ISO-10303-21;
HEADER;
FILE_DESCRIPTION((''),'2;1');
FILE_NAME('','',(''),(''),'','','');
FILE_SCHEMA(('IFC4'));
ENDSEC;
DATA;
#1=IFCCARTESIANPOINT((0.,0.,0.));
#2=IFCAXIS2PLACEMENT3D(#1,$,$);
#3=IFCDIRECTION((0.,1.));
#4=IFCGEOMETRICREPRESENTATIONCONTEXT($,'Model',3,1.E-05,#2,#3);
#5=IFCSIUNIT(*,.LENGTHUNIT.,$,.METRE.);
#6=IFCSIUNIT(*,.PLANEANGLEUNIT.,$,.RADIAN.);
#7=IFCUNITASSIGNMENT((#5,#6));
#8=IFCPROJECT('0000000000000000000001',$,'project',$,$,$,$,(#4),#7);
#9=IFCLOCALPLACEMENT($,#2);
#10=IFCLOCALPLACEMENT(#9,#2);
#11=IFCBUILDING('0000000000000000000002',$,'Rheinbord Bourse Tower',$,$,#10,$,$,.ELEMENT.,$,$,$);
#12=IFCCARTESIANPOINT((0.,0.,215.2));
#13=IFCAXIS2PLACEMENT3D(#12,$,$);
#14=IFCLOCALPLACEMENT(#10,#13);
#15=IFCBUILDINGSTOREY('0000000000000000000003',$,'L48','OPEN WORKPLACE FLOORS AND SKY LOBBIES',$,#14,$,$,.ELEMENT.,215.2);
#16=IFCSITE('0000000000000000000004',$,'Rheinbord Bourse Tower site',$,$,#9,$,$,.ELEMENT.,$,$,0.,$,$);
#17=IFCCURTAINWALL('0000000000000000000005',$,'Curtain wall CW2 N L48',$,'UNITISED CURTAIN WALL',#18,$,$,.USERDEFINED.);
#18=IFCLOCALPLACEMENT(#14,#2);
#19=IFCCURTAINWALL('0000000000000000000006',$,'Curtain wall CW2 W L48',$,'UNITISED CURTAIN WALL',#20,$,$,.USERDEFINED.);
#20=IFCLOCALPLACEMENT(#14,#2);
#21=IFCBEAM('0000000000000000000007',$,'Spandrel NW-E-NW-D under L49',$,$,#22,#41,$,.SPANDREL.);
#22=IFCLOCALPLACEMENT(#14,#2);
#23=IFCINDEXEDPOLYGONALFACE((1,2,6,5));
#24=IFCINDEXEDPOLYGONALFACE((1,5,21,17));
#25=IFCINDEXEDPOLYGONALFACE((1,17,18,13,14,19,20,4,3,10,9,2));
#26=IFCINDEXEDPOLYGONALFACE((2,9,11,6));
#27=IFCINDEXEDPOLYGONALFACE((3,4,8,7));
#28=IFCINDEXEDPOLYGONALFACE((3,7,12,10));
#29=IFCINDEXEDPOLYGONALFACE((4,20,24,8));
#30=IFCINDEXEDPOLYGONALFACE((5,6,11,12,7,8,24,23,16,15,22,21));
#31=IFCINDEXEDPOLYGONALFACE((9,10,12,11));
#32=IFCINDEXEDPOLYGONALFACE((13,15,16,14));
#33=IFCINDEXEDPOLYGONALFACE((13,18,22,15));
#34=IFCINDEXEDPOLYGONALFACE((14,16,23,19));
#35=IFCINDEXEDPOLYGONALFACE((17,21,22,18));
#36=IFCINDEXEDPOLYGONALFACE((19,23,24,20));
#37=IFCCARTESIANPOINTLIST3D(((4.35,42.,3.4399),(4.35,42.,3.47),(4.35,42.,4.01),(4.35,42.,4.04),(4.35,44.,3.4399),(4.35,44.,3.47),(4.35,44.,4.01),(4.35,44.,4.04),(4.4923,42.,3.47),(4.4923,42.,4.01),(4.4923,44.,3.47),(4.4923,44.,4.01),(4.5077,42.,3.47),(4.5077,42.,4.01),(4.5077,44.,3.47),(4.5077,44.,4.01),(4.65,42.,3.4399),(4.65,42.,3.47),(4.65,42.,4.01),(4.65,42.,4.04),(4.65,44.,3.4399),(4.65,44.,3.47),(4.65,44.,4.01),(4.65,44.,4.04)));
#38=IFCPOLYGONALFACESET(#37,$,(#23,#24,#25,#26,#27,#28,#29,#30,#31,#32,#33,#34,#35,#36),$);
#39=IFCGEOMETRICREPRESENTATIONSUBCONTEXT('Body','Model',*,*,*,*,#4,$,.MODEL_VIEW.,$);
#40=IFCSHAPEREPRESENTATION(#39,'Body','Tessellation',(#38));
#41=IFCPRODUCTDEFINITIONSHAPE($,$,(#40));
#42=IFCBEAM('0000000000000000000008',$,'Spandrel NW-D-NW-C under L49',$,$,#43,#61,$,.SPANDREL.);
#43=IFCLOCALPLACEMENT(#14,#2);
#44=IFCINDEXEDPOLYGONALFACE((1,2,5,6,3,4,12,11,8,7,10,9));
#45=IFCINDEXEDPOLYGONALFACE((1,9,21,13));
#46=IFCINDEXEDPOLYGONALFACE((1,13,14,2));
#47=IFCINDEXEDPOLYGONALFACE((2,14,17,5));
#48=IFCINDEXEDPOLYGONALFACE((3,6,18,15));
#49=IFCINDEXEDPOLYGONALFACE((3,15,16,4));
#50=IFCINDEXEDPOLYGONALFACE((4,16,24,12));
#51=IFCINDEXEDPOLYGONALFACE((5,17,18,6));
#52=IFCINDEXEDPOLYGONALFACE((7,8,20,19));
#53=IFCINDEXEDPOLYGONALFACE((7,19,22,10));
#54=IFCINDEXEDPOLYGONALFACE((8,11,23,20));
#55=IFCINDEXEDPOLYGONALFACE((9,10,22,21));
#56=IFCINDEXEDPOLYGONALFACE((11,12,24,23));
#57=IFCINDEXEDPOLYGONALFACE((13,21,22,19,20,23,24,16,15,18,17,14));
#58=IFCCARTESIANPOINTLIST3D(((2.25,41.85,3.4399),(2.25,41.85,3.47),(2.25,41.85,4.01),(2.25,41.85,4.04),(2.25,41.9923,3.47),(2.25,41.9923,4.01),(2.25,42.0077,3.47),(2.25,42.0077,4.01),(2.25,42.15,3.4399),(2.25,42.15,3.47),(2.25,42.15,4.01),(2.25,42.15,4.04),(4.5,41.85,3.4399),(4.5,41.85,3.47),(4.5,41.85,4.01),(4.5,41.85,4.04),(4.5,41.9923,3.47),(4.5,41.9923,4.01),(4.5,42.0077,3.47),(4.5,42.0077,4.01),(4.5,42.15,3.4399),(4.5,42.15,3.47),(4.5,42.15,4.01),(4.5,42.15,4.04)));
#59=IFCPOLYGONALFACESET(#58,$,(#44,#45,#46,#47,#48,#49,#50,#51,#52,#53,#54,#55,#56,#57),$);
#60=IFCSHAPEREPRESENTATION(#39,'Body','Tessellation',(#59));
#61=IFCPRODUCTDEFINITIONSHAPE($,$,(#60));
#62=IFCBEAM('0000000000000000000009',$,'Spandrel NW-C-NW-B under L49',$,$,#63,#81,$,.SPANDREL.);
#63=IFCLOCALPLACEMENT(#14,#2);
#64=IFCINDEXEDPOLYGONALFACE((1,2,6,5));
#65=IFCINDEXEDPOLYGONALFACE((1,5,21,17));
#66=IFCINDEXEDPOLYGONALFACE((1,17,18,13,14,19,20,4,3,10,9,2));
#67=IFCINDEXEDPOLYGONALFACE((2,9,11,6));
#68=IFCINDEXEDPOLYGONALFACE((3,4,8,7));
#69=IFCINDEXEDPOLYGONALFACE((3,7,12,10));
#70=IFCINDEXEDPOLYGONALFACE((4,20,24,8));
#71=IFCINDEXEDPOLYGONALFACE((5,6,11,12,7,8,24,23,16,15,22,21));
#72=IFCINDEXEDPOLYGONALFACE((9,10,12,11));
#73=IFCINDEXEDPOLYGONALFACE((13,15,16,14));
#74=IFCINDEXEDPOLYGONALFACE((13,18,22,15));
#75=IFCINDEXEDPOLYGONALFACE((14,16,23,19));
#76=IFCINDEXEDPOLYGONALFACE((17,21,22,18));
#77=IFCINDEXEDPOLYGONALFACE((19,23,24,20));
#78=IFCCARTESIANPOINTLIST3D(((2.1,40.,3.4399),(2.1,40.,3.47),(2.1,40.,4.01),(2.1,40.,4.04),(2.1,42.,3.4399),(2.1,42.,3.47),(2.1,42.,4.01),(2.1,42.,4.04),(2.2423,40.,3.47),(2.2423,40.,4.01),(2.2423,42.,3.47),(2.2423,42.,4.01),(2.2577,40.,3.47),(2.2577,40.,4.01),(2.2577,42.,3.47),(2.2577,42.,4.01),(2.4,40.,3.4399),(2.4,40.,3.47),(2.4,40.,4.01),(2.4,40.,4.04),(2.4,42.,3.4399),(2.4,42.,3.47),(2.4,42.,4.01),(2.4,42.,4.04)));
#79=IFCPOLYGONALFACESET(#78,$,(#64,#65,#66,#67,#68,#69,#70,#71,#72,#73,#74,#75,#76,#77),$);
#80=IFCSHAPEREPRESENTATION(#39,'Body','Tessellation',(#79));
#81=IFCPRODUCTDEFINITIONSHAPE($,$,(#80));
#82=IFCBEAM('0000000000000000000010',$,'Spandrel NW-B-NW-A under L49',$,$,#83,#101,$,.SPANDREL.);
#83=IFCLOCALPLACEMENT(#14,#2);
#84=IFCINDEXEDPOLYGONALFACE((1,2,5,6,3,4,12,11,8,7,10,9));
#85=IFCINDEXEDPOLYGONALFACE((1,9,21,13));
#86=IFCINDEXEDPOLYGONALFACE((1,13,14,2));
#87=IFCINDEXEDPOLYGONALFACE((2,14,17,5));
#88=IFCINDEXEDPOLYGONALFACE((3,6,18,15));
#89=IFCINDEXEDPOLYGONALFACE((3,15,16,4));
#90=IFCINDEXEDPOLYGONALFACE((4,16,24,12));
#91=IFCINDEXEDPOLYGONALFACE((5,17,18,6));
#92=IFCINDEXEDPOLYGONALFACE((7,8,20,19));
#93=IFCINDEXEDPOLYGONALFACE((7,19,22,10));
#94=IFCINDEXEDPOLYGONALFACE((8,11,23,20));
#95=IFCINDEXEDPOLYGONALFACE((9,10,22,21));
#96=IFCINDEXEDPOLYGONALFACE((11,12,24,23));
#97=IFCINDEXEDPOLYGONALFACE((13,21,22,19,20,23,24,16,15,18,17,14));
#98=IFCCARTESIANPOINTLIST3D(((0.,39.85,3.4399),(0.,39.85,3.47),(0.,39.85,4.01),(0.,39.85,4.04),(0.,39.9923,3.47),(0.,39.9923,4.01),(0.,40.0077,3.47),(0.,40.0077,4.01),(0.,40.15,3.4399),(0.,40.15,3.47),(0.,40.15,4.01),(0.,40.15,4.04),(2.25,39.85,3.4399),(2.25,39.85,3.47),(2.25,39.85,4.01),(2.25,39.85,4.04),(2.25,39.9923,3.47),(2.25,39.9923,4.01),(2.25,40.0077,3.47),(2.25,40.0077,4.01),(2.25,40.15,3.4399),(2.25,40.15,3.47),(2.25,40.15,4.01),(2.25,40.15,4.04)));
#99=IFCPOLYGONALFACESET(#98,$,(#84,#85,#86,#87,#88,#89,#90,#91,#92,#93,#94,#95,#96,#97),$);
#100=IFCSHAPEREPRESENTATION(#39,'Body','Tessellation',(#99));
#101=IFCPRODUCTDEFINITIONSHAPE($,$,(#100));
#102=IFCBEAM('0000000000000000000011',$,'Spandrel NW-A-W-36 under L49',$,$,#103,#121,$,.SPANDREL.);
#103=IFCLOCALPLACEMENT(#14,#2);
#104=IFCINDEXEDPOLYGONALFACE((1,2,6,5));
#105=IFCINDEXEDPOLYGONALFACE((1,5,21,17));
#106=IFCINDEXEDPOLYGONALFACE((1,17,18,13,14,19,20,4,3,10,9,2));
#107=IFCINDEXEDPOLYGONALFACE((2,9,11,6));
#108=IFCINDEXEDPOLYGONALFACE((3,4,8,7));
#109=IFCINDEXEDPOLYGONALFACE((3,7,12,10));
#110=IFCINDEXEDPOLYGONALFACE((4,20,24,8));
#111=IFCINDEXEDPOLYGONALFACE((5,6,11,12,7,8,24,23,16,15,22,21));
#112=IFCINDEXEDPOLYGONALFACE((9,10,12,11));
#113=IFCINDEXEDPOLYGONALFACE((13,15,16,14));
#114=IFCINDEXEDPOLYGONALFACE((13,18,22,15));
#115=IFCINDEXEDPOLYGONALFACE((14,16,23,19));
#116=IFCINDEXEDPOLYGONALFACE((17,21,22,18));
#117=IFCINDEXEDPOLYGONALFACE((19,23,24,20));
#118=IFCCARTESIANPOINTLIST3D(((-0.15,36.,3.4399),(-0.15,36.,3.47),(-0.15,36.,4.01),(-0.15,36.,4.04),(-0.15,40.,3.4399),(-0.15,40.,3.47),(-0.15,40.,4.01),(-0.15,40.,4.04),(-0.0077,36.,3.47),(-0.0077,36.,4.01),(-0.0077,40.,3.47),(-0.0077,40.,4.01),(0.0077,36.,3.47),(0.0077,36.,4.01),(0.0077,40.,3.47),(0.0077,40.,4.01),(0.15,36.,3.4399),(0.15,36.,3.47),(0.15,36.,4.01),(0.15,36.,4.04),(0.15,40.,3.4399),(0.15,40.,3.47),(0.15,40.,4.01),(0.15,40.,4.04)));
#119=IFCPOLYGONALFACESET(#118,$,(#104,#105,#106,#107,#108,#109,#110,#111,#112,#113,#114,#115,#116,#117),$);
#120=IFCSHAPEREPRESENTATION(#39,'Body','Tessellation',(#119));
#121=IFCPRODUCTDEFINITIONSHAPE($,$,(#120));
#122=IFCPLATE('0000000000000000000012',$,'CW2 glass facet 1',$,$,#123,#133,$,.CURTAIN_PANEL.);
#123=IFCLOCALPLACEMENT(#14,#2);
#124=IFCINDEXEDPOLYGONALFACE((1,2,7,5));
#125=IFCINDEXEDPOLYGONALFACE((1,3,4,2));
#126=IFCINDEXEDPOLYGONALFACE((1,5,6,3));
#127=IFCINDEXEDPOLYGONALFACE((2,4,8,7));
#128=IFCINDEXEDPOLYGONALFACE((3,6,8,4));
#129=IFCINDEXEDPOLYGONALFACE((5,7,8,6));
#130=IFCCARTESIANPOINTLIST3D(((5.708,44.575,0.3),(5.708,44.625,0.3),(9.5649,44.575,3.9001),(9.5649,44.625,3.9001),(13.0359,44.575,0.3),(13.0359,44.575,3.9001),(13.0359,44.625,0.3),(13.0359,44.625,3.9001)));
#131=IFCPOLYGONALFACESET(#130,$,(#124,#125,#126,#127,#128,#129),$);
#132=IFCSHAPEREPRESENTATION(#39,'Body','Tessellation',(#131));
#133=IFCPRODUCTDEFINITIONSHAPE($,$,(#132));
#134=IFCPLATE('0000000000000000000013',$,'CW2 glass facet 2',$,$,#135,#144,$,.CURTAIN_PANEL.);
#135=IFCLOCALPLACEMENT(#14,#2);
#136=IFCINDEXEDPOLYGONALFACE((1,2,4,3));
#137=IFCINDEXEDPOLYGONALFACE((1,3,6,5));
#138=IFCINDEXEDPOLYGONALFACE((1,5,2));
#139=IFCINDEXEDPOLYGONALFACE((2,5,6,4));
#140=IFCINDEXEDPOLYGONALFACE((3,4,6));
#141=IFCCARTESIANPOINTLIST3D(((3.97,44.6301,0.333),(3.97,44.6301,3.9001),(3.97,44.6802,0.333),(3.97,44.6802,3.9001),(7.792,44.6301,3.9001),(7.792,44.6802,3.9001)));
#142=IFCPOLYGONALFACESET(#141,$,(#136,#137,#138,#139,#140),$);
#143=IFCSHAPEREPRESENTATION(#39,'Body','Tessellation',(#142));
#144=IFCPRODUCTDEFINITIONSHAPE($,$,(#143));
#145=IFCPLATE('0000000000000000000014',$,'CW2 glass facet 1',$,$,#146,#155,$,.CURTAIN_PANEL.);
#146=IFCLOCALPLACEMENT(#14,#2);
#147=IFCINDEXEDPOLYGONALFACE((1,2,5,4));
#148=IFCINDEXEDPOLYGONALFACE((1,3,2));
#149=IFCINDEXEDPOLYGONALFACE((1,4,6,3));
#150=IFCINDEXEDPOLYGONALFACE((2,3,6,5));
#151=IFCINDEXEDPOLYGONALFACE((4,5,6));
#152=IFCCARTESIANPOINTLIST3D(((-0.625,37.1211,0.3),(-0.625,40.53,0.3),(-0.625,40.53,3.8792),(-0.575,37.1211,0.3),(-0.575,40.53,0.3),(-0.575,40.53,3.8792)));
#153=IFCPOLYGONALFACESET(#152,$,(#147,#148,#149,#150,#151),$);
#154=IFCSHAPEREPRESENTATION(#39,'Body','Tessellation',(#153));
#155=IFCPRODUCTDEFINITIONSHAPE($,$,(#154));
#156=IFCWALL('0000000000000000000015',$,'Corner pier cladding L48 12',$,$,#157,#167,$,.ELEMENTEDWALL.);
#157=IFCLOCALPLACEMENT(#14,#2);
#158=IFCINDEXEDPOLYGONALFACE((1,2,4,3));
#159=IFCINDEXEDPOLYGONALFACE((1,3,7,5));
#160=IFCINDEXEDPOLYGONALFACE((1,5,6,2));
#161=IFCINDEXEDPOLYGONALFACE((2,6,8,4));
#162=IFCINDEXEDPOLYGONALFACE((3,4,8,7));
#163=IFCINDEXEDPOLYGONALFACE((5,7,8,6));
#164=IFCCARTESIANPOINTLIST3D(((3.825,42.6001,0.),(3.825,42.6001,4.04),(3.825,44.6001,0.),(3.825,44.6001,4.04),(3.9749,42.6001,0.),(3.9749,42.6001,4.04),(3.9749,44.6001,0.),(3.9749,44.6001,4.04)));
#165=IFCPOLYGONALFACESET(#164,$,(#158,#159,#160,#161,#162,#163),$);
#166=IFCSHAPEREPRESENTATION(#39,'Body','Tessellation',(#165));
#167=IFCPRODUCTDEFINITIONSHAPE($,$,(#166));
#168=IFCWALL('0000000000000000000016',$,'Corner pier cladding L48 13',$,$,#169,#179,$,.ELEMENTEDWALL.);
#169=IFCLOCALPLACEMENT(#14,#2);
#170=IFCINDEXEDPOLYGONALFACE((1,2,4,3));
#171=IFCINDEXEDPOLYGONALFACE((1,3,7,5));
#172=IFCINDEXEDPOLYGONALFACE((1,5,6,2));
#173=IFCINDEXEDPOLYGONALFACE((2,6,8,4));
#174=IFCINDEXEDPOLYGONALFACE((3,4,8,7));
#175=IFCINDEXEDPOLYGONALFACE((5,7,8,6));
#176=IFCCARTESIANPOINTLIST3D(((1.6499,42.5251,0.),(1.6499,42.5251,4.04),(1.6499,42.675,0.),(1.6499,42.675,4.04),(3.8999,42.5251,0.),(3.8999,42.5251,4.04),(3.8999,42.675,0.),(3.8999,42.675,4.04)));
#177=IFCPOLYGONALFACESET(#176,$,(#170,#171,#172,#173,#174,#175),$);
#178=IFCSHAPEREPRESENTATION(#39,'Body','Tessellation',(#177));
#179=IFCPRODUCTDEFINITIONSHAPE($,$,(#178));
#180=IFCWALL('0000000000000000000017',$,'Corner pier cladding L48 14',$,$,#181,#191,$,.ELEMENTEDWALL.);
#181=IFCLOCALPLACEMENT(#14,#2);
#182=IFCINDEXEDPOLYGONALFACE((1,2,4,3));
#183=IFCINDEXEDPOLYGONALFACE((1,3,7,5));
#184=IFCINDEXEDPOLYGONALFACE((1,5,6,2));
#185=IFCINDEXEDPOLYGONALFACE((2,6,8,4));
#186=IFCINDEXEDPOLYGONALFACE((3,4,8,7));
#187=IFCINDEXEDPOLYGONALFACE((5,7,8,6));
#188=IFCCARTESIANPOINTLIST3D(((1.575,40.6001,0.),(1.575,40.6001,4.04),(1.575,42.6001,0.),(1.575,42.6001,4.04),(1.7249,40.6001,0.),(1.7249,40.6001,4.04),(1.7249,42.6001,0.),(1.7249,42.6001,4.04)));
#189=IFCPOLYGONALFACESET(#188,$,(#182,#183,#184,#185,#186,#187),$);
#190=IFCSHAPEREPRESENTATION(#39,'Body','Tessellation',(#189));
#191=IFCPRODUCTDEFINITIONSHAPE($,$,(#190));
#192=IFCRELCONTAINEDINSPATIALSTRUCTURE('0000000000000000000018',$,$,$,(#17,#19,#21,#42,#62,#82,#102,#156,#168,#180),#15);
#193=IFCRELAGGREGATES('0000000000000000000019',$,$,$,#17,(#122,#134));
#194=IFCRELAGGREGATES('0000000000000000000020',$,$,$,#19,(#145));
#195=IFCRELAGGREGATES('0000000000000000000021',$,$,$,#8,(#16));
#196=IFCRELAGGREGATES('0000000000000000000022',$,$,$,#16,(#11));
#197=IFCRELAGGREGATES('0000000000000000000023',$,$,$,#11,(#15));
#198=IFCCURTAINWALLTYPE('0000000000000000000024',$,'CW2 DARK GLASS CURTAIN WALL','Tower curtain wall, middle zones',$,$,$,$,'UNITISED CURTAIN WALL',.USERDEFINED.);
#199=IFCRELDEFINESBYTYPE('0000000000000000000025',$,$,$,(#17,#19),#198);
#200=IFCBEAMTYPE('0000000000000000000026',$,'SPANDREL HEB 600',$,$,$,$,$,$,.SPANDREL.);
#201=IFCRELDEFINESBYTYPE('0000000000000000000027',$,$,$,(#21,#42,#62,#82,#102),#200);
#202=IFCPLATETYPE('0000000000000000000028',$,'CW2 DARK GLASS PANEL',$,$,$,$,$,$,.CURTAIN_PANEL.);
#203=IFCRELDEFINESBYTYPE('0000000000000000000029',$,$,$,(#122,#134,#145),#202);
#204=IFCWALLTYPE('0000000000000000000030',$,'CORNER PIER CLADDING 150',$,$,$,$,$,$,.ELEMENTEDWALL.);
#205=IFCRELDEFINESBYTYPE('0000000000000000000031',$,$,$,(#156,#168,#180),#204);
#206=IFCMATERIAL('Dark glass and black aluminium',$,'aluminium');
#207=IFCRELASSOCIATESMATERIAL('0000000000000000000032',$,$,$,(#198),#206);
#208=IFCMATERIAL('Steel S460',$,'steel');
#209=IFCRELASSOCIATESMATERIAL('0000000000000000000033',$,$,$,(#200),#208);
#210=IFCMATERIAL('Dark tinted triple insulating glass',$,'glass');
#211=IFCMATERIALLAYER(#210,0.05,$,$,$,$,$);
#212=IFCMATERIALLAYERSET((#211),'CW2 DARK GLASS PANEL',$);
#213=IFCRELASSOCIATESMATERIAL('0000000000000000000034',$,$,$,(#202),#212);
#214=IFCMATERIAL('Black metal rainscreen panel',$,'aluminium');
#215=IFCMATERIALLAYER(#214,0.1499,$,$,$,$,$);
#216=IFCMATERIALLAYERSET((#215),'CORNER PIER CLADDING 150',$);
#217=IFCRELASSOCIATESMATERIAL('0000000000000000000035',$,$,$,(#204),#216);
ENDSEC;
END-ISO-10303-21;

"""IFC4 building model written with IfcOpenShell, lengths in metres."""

from ifc_helpers import new_model, si_unit, direction, frame, frame_2d, origin, origin_2d, place, context, subcontext, project, spatial, polyline, rectangle, i_section, outline, extrude, material, layer, layer_set, material_profile, profile_set, type_object, element, aggregate, save


model = new_model("IFC4")

# Units and contexts
model_context = context("Model", 3, precision=1e-05, world=origin(), true_north=direction((0.0, 1.0)))
body_context = subcontext(model_context, "Body", "Model", "MODEL_VIEW")
ifc_project = project(units=[si_unit("LENGTHUNIT", "METRE"), si_unit("PLANEANGLEUNIT", "RADIAN")], contexts=[model_context])

# Site, building, storey
site_placement = place(None, origin())
site = spatial("IfcSite", under=ifc_project, at=site_placement, Name="Rheinbord Bourse Tower site", CompositionType="ELEMENT", RefElevation=0.0)
building_placement = place(site_placement, origin())
building = spatial("IfcBuilding", under=site, at=building_placement, Name="Rheinbord Bourse Tower", CompositionType="ELEMENT")
storey_placement = place(building_placement, frame((0.0, 0.0, 215.2)))
storey = spatial("IfcBuildingStorey", under=building, at=storey_placement, Name="L48", Description="OPEN WORKPLACE FLOORS AND SKY LOBBIES", CompositionType="ELEMENT", Elevation=215.2)

# Curtain wall
ifc_material_1 = material(Name="Dark glass and black aluminium", Category="aluminium")
curtain_wall_type = type_object("IfcCurtainWallType", Name="CW2 DARK GLASS CURTAIN WALL", Description="Tower curtain wall, middle zones", ElementType="UNITISED CURTAIN WALL", PredefinedType="USERDEFINED", material=ifc_material_1)
curtain_wall_1_placement = place(storey_placement, origin())
curtain_wall_1 = element("IfcCurtainWall", 1, at=curtain_wall_1_placement, inside=storey, type_object=curtain_wall_type, Name="Curtain wall CW2 N L48", ObjectType="UNITISED CURTAIN WALL", PredefinedType="USERDEFINED")

# Curtain wall
curtain_wall_2_placement = place(storey_placement, origin())
curtain_wall_2 = element("IfcCurtainWall", 2, at=curtain_wall_2_placement, inside=storey, type_object=curtain_wall_type, Name="Curtain wall CW2 W L48", ObjectType="UNITISED CURTAIN WALL", PredefinedType="USERDEFINED")

# Beams
ifc_material_2 = material(Name="Steel S460", Category="steel")
ifc_material_profile_1 = material_profile(ifc_material_2, i_section(OverallWidth=0.3, OverallDepth=0.6001, WebThickness=0.0154, FlangeThickness=0.03, at=origin_2d()), Name="HEB 600")
ifc_profile_set_1 = profile_set([ifc_material_profile_1], Name="Steel S460")
beam_type_1 = type_object("IfcBeamType", Name="SPANDREL HEB 600", PredefinedType="SPANDREL", material=ifc_profile_set_1)
beam_1_placement = place(storey_placement, frame((4.5, 44.0, 3.74), z_axis=(0.0, -1.0, 0.0), x_axis=(1.0, 0.0, 0.0)))
element("IfcBeam", 3, at=beam_1_placement, inside=storey, type_object=beam_type_1, Name="Spandrel NW-E-NW-D under L49", PredefinedType="SPANDREL", context=body_context, shape_type="SweptSolid", body=[
    extrude(i_section(OverallWidth=0.3, OverallDepth=0.6001, WebThickness=0.0154, FlangeThickness=0.03, at=origin_2d()), origin(), (0.0, 0.0, 1.0), 2.0),
])
beam_2_placement = place(storey_placement, frame((4.5, 42.0, 3.74), z_axis=(-1.0, 0.0, 0.0), x_axis=(0.0, -1.0, 0.0)))
element("IfcBeam", 4, at=beam_2_placement, inside=storey, type_object=beam_type_1, Name="Spandrel NW-D-NW-C under L49", PredefinedType="SPANDREL", context=body_context, shape_type="SweptSolid", body=[
    extrude(i_section(OverallWidth=0.3, OverallDepth=0.6001, WebThickness=0.0154, FlangeThickness=0.03, at=origin_2d()), origin(), (0.0, 0.0, 1.0), 2.25),
])
beam_3_placement = place(storey_placement, frame((2.25, 42.0, 3.74), z_axis=(0.0, -1.0, 0.0), x_axis=(1.0, 0.0, 0.0)))
element("IfcBeam", 5, at=beam_3_placement, inside=storey, type_object=beam_type_1, Name="Spandrel NW-C-NW-B under L49", PredefinedType="SPANDREL", context=body_context, shape_type="SweptSolid", body=[
    extrude(i_section(OverallWidth=0.3, OverallDepth=0.6001, WebThickness=0.0154, FlangeThickness=0.03, at=origin_2d()), origin(), (0.0, 0.0, 1.0), 2.0),
])
beam_4_placement = place(storey_placement, frame((2.25, 40.0, 3.74), z_axis=(-1.0, 0.0, 0.0), x_axis=(0.0, -1.0, 0.0)))
element("IfcBeam", 6, at=beam_4_placement, inside=storey, type_object=beam_type_1, Name="Spandrel NW-B-NW-A under L49", PredefinedType="SPANDREL", context=body_context, shape_type="SweptSolid", body=[
    extrude(i_section(OverallWidth=0.3, OverallDepth=0.6001, WebThickness=0.0154, FlangeThickness=0.03, at=origin_2d()), origin(), (0.0, 0.0, 1.0), 2.25),
])
beam_5_placement = place(storey_placement, frame((0.0, 40.0, 3.74), z_axis=(0.0, -1.0, 0.0), x_axis=(1.0, 0.0, 0.0)))
element("IfcBeam", 7, at=beam_5_placement, inside=storey, type_object=beam_type_1, Name="Spandrel NW-A-W-36 under L49", PredefinedType="SPANDREL", context=body_context, shape_type="SweptSolid", body=[
    extrude(i_section(OverallWidth=0.3, OverallDepth=0.6001, WebThickness=0.0154, FlangeThickness=0.03, at=origin_2d()), origin(), (0.0, 0.0, 1.0), 4.0),
])

# Plates
ifc_material_3 = material(Name="Dark tinted triple insulating glass", Category="glass")
ifc_layer_1 = layer(ifc_material_3, 0.05)
ifc_layer_set_1 = layer_set([ifc_layer_1], Name="CW2 DARK GLASS PANEL")
plate_type = type_object("IfcPlateType", Name="CW2 DARK GLASS PANEL", PredefinedType="CURTAIN_PANEL", material=ifc_layer_set_1)
plate_1_placement = place(storey_placement, frame((13.0359, 44.625, 0.3), z_axis=(0.0, -1.0, 0.0), x_axis=(0.0, 0.0, 1.0)))
plate_1 = element("IfcPlate", 8, at=plate_1_placement, type_object=plate_type, Name="CW2 glass facet 1", PredefinedType="CURTAIN_PANEL", context=body_context, shape_type="SweptSolid", body=[
    extrude(outline(polyline([(0.0, 0.0), (3.6001, 0.0), (3.6001, 3.4709), (0.0, 7.3279), (0.0, 0.0)])), origin(), (0.0, 0.0, 1.0), 0.05),
])
plate_2_placement = place(storey_placement, frame((3.97, 44.6802, 3.9001), z_axis=(0.0, -1.0, 0.0), x_axis=(0.0, 0.0, -1.0)))
plate_2 = element("IfcPlate", 9, at=plate_2_placement, type_object=plate_type, Name="CW2 glass facet 2", PredefinedType="CURTAIN_PANEL", context=body_context, shape_type="SweptSolid", body=[
    extrude(outline(polyline([(0.0, 0.0), (3.5671, 0.0), (0.0, 3.822), (0.0, 0.0)])), origin(), (0.0, 0.0, 1.0), 0.05),
])
aggregate(curtain_wall_1, [plate_1, plate_2])
plate_3_placement = place(storey_placement, frame((-0.625, 40.53, 0.3), z_axis=(1.0, 0.0, 0.0), x_axis=(0.0, 0.0, 1.0)))
plate_3 = element("IfcPlate", 10, at=plate_3_placement, type_object=plate_type, Name="CW2 glass facet 1", PredefinedType="CURTAIN_PANEL", context=body_context, shape_type="SweptSolid", body=[
    extrude(outline(polyline([(0.0, 0.0), (3.5791, 0.0), (0.0, 3.4089), (0.0, 0.0)])), origin(), (0.0, 0.0, 1.0), 0.05),
])
aggregate(curtain_wall_2, [plate_3])

# Walls
ifc_material_4 = material(Name="Black metal rainscreen panel", Category="aluminium")
ifc_layer_2 = layer(ifc_material_4, 0.1499)
ifc_layer_set_2 = layer_set([ifc_layer_2], Name="CORNER PIER CLADDING 150")
wall_type = type_object("IfcWallType", Name="CORNER PIER CLADDING 150", PredefinedType="ELEMENTEDWALL", material=ifc_layer_set_2)
wall_1_placement = place(storey_placement, frame((3.8999, 44.6001, 0.0), z_axis=(0.0, 0.0, 1.0), x_axis=(0.0, -1.0, 0.0)))
element("IfcWall", 11, at=wall_1_placement, inside=storey, type_object=wall_type, Name="Corner pier cladding L48 12", PredefinedType="ELEMENTEDWALL", context=body_context, shape_type="SweptSolid", body=[
    extrude(rectangle(XDim=2.0, YDim=0.1499, at=frame_2d((1.0, 0.0))), origin(), (0.0, 0.0, 1.0), 4.04),
])
wall_2_placement = place(storey_placement, frame((3.8999, 42.6001, 0.0), z_axis=(0.0, 0.0, 1.0), x_axis=(-1.0, 0.0, 0.0)))
element("IfcWall", 12, at=wall_2_placement, inside=storey, type_object=wall_type, Name="Corner pier cladding L48 13", PredefinedType="ELEMENTEDWALL", context=body_context, shape_type="SweptSolid", body=[
    extrude(rectangle(XDim=2.25, YDim=0.1499, at=frame_2d((1.125, 0.0))), origin(), (0.0, 0.0, 1.0), 4.04),
])
wall_3_placement = place(storey_placement, frame((1.6499, 42.6001, 0.0), z_axis=(0.0, 0.0, 1.0), x_axis=(0.0, -1.0, 0.0)))
element("IfcWall", 13, at=wall_3_placement, inside=storey, type_object=wall_type, Name="Corner pier cladding L48 14", PredefinedType="ELEMENTEDWALL", context=body_context, shape_type="SweptSolid", body=[
    extrude(rectangle(XDim=2.0, YDim=0.1499, at=frame_2d((1.0, 0.0))), origin(), (0.0, 0.0, 1.0), 4.04),
])

save(model, "model.ifc")
